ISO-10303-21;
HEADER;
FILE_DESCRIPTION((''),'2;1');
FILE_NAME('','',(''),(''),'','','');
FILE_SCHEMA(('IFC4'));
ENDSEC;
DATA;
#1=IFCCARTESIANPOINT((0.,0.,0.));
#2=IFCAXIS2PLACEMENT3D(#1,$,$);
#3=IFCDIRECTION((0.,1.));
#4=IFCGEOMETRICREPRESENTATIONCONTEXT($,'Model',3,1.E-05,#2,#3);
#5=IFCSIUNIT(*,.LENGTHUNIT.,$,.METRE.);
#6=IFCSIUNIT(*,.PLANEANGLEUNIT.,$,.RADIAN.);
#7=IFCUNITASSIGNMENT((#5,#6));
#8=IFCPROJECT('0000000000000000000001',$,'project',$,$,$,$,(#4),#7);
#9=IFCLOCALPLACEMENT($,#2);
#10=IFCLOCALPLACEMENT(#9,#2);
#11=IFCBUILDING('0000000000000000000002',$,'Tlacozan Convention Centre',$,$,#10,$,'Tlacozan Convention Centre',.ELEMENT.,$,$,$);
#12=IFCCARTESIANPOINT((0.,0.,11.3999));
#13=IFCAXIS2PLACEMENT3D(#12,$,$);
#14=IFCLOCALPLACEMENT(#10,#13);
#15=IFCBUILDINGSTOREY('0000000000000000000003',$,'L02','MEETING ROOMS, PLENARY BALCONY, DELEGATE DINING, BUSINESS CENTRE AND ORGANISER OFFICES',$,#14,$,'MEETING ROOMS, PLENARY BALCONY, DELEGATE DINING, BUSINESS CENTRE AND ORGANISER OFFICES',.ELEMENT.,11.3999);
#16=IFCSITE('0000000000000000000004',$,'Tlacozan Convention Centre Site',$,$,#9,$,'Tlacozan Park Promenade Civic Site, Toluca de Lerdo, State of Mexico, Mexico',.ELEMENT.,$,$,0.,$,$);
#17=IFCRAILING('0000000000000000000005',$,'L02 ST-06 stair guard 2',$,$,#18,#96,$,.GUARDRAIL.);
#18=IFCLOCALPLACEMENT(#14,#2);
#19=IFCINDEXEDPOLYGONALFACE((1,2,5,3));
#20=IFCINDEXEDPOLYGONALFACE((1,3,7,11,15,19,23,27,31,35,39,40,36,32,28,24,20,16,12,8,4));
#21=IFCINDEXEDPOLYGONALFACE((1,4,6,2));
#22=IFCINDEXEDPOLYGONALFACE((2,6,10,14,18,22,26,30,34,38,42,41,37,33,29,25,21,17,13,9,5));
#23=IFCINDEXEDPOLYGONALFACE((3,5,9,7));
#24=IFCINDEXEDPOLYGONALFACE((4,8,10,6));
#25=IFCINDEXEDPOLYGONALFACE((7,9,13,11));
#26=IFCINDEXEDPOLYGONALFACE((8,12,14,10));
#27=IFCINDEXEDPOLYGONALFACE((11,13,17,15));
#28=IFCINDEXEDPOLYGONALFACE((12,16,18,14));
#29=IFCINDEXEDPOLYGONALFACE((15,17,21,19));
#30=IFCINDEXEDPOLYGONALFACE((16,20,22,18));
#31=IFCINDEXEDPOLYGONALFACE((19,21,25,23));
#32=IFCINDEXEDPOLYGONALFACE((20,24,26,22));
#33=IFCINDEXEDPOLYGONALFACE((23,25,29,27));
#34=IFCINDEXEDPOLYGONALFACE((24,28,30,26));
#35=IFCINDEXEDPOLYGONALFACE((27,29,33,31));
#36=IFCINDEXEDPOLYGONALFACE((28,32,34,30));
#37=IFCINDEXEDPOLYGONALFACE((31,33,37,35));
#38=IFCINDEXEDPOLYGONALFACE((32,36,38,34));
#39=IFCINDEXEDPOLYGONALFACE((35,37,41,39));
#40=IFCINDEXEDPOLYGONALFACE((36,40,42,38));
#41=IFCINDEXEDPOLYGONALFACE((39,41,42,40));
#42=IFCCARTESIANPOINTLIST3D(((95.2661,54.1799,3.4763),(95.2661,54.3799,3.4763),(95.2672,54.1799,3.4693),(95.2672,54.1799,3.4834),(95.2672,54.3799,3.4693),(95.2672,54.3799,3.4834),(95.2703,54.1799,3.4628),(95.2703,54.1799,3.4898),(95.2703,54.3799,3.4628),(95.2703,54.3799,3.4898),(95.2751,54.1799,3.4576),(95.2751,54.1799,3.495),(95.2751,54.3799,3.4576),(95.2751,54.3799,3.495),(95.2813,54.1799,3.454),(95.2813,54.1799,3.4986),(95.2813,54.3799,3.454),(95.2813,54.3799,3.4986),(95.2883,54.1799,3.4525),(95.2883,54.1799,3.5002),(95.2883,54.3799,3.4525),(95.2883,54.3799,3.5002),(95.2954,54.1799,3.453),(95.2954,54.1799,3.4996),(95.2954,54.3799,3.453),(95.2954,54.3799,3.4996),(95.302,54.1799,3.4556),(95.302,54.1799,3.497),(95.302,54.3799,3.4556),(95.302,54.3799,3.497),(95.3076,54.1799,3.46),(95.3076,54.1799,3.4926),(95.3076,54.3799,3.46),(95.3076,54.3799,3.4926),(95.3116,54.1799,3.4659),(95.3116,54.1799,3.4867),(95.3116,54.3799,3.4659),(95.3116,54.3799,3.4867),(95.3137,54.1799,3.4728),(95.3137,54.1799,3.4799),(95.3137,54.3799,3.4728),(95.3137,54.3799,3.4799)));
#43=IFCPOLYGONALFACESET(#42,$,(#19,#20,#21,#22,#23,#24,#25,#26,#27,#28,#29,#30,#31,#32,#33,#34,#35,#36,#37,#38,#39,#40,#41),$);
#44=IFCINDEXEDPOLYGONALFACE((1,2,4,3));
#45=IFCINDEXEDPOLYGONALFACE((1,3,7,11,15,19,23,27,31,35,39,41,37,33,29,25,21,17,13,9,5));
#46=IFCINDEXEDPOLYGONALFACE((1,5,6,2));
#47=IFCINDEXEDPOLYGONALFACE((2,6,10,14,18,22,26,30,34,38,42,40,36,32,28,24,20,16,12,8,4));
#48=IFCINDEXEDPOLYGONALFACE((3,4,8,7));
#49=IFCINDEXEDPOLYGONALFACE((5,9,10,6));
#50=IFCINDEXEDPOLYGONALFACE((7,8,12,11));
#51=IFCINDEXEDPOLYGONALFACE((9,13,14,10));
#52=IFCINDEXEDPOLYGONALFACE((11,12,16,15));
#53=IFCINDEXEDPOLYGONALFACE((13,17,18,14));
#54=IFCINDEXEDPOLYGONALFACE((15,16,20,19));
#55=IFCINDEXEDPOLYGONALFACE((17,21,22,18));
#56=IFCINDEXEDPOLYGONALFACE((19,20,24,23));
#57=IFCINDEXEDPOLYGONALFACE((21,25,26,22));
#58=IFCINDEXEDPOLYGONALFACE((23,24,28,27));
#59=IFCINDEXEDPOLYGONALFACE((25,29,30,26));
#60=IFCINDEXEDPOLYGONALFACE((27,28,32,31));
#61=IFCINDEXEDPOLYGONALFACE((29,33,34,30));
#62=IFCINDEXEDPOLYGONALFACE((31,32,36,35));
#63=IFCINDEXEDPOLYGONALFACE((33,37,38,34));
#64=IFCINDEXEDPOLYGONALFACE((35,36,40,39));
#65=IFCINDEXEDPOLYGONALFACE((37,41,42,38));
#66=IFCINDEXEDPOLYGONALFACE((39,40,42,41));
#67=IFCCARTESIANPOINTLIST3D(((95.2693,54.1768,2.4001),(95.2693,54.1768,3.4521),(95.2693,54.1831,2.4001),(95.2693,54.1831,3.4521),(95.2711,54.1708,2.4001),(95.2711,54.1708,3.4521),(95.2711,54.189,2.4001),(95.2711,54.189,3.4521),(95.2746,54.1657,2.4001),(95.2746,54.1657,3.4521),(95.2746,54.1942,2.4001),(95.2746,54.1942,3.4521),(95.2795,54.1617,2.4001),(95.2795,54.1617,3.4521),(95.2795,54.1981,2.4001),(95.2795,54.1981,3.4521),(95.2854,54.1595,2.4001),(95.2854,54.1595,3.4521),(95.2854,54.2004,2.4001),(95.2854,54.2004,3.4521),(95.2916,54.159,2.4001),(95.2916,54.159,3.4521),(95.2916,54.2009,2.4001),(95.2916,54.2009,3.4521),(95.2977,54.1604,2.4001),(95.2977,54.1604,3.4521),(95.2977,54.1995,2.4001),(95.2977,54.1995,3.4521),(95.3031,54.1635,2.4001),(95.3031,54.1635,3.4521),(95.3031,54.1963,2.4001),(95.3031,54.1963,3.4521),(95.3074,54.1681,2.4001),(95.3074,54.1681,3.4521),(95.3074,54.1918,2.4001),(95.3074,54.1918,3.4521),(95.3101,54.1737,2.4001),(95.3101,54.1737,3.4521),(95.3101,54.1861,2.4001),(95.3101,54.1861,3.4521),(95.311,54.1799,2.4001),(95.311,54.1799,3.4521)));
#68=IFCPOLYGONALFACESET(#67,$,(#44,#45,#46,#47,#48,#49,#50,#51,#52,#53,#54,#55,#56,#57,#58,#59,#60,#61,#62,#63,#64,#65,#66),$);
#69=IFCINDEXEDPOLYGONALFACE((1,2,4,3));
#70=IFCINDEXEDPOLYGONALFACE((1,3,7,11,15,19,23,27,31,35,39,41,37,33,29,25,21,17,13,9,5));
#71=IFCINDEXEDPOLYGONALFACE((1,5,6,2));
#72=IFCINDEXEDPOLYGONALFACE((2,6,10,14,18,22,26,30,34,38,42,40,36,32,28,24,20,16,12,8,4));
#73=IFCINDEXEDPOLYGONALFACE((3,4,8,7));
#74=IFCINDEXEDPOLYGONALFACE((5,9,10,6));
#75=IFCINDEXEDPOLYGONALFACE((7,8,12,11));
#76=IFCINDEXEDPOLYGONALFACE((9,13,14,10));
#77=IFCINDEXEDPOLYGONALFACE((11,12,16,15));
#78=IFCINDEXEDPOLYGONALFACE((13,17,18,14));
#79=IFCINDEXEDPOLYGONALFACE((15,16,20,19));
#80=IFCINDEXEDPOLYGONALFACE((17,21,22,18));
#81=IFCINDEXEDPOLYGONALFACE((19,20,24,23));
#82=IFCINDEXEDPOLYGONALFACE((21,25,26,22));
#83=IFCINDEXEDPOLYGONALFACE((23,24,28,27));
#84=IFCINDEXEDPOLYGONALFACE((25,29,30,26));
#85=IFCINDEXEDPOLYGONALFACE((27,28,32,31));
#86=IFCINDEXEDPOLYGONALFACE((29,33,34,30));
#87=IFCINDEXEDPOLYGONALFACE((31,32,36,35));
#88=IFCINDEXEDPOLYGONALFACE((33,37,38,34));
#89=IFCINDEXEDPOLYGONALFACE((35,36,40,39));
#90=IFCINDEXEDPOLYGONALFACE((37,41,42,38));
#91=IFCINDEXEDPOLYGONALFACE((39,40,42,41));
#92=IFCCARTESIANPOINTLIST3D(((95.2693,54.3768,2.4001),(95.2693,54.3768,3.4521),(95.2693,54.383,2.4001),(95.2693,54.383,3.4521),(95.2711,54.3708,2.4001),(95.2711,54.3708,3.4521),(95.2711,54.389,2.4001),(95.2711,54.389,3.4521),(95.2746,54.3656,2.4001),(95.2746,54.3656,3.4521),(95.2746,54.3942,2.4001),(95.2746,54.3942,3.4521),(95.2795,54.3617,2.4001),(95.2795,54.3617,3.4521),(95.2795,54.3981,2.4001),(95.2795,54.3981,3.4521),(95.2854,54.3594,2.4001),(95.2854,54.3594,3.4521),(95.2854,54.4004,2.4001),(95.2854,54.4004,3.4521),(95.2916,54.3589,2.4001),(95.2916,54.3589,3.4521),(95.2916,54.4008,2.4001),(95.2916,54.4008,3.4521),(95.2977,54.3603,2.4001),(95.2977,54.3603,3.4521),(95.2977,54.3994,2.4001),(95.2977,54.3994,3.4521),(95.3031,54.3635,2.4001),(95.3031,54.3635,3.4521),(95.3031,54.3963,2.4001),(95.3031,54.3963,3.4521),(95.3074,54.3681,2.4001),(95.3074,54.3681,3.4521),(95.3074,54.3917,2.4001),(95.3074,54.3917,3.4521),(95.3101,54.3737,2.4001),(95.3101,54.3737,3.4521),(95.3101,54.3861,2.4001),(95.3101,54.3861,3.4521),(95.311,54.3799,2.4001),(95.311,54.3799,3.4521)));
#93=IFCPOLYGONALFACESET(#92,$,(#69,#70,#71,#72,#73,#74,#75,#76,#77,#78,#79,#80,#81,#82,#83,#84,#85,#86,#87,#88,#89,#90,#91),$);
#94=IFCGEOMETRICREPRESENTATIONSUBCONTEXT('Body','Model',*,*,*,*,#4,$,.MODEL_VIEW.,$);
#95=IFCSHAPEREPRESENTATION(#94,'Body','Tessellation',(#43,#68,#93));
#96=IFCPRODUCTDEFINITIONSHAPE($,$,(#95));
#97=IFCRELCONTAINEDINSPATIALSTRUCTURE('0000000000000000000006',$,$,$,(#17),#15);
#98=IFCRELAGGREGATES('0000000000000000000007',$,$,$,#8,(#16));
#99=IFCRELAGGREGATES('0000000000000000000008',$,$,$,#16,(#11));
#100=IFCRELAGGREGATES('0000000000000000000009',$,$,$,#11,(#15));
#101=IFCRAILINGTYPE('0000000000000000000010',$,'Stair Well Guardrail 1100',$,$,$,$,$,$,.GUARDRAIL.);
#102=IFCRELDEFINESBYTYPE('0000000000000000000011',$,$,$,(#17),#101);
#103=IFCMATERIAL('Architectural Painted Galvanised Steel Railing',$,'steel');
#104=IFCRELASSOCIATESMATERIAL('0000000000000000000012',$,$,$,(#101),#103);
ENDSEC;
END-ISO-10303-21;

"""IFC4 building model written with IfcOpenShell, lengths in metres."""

from ifc_helpers import new_model, si_unit, direction, frame, origin, origin_2d, place, context, subcontext, project, spatial, circle, extrude, material, type_object, element, save


model = new_model("IFC4")

# Units and contexts
model_context = context("Model", 3, precision=1e-05, world=origin(), true_north=direction((0.0, 1.0)))
body_context = subcontext(model_context, "Body", "Model", "MODEL_VIEW")
ifc_project = project(units=[si_unit("LENGTHUNIT", "METRE"), si_unit("PLANEANGLEUNIT", "RADIAN")], contexts=[model_context])

# Site, building, storey
site_placement = place(None, origin())
site = spatial("IfcSite", under=ifc_project, at=site_placement, Name="Tlacozan Convention Centre Site", LongName="Tlacozan Park Promenade Civic Site, Toluca de Lerdo, State of Mexico, Mexico", CompositionType="ELEMENT", RefElevation=0.0)
building_placement = place(site_placement, origin())
building = spatial("IfcBuilding", under=site, at=building_placement, Name="Tlacozan Convention Centre", LongName="Tlacozan Convention Centre", CompositionType="ELEMENT")
storey_placement = place(building_placement, frame((0.0, 0.0, 11.3999)))
storey = spatial("IfcBuildingStorey", under=building, at=storey_placement, Name="L02", Description="MEETING ROOMS, PLENARY BALCONY, DELEGATE DINING, BUSINESS CENTRE AND ORGANISER OFFICES", LongName="MEETING ROOMS, PLENARY BALCONY, DELEGATE DINING, BUSINESS CENTRE AND ORGANISER OFFICES", CompositionType="ELEMENT", Elevation=11.3999)

# Railing
ifc_material_1 = material(Name="Architectural Painted Galvanised Steel Railing", Category="steel")
railing_type_1 = type_object("IfcRailingType", Name="Stair Well Guardrail 1100", PredefinedType="GUARDRAIL", material=ifc_material_1)
railing_1_placement = place(storey_placement, frame((95.29, 54.1799, 2.4001)))
element("IfcRailing", 1, at=railing_1_placement, inside=storey, type_object=railing_type_1, Name="L02 ST-06 stair guard 2", PredefinedType="GUARDRAIL", context=body_context, shape_type="SweptSolid", body=[
    extrude(circle(Radius=0.0239, at=origin_2d()), frame((0.0, 0.0, 1.0762), z_axis=(0.0, 1.0, 0.0), x_axis=(-1.0, 0.0, 0.0)), (0.0, 0.0, 1.0), 0.2),
    extrude(circle(Radius=0.021, at=origin_2d()), origin(), (0.0, 0.0, 1.0), 1.052),
    extrude(circle(Radius=0.021, at=origin_2d()), frame((0.0, 0.2, 0.0)), (0.0, 0.0, 1.0), 1.052),
])

save(model, "model.ifc")
